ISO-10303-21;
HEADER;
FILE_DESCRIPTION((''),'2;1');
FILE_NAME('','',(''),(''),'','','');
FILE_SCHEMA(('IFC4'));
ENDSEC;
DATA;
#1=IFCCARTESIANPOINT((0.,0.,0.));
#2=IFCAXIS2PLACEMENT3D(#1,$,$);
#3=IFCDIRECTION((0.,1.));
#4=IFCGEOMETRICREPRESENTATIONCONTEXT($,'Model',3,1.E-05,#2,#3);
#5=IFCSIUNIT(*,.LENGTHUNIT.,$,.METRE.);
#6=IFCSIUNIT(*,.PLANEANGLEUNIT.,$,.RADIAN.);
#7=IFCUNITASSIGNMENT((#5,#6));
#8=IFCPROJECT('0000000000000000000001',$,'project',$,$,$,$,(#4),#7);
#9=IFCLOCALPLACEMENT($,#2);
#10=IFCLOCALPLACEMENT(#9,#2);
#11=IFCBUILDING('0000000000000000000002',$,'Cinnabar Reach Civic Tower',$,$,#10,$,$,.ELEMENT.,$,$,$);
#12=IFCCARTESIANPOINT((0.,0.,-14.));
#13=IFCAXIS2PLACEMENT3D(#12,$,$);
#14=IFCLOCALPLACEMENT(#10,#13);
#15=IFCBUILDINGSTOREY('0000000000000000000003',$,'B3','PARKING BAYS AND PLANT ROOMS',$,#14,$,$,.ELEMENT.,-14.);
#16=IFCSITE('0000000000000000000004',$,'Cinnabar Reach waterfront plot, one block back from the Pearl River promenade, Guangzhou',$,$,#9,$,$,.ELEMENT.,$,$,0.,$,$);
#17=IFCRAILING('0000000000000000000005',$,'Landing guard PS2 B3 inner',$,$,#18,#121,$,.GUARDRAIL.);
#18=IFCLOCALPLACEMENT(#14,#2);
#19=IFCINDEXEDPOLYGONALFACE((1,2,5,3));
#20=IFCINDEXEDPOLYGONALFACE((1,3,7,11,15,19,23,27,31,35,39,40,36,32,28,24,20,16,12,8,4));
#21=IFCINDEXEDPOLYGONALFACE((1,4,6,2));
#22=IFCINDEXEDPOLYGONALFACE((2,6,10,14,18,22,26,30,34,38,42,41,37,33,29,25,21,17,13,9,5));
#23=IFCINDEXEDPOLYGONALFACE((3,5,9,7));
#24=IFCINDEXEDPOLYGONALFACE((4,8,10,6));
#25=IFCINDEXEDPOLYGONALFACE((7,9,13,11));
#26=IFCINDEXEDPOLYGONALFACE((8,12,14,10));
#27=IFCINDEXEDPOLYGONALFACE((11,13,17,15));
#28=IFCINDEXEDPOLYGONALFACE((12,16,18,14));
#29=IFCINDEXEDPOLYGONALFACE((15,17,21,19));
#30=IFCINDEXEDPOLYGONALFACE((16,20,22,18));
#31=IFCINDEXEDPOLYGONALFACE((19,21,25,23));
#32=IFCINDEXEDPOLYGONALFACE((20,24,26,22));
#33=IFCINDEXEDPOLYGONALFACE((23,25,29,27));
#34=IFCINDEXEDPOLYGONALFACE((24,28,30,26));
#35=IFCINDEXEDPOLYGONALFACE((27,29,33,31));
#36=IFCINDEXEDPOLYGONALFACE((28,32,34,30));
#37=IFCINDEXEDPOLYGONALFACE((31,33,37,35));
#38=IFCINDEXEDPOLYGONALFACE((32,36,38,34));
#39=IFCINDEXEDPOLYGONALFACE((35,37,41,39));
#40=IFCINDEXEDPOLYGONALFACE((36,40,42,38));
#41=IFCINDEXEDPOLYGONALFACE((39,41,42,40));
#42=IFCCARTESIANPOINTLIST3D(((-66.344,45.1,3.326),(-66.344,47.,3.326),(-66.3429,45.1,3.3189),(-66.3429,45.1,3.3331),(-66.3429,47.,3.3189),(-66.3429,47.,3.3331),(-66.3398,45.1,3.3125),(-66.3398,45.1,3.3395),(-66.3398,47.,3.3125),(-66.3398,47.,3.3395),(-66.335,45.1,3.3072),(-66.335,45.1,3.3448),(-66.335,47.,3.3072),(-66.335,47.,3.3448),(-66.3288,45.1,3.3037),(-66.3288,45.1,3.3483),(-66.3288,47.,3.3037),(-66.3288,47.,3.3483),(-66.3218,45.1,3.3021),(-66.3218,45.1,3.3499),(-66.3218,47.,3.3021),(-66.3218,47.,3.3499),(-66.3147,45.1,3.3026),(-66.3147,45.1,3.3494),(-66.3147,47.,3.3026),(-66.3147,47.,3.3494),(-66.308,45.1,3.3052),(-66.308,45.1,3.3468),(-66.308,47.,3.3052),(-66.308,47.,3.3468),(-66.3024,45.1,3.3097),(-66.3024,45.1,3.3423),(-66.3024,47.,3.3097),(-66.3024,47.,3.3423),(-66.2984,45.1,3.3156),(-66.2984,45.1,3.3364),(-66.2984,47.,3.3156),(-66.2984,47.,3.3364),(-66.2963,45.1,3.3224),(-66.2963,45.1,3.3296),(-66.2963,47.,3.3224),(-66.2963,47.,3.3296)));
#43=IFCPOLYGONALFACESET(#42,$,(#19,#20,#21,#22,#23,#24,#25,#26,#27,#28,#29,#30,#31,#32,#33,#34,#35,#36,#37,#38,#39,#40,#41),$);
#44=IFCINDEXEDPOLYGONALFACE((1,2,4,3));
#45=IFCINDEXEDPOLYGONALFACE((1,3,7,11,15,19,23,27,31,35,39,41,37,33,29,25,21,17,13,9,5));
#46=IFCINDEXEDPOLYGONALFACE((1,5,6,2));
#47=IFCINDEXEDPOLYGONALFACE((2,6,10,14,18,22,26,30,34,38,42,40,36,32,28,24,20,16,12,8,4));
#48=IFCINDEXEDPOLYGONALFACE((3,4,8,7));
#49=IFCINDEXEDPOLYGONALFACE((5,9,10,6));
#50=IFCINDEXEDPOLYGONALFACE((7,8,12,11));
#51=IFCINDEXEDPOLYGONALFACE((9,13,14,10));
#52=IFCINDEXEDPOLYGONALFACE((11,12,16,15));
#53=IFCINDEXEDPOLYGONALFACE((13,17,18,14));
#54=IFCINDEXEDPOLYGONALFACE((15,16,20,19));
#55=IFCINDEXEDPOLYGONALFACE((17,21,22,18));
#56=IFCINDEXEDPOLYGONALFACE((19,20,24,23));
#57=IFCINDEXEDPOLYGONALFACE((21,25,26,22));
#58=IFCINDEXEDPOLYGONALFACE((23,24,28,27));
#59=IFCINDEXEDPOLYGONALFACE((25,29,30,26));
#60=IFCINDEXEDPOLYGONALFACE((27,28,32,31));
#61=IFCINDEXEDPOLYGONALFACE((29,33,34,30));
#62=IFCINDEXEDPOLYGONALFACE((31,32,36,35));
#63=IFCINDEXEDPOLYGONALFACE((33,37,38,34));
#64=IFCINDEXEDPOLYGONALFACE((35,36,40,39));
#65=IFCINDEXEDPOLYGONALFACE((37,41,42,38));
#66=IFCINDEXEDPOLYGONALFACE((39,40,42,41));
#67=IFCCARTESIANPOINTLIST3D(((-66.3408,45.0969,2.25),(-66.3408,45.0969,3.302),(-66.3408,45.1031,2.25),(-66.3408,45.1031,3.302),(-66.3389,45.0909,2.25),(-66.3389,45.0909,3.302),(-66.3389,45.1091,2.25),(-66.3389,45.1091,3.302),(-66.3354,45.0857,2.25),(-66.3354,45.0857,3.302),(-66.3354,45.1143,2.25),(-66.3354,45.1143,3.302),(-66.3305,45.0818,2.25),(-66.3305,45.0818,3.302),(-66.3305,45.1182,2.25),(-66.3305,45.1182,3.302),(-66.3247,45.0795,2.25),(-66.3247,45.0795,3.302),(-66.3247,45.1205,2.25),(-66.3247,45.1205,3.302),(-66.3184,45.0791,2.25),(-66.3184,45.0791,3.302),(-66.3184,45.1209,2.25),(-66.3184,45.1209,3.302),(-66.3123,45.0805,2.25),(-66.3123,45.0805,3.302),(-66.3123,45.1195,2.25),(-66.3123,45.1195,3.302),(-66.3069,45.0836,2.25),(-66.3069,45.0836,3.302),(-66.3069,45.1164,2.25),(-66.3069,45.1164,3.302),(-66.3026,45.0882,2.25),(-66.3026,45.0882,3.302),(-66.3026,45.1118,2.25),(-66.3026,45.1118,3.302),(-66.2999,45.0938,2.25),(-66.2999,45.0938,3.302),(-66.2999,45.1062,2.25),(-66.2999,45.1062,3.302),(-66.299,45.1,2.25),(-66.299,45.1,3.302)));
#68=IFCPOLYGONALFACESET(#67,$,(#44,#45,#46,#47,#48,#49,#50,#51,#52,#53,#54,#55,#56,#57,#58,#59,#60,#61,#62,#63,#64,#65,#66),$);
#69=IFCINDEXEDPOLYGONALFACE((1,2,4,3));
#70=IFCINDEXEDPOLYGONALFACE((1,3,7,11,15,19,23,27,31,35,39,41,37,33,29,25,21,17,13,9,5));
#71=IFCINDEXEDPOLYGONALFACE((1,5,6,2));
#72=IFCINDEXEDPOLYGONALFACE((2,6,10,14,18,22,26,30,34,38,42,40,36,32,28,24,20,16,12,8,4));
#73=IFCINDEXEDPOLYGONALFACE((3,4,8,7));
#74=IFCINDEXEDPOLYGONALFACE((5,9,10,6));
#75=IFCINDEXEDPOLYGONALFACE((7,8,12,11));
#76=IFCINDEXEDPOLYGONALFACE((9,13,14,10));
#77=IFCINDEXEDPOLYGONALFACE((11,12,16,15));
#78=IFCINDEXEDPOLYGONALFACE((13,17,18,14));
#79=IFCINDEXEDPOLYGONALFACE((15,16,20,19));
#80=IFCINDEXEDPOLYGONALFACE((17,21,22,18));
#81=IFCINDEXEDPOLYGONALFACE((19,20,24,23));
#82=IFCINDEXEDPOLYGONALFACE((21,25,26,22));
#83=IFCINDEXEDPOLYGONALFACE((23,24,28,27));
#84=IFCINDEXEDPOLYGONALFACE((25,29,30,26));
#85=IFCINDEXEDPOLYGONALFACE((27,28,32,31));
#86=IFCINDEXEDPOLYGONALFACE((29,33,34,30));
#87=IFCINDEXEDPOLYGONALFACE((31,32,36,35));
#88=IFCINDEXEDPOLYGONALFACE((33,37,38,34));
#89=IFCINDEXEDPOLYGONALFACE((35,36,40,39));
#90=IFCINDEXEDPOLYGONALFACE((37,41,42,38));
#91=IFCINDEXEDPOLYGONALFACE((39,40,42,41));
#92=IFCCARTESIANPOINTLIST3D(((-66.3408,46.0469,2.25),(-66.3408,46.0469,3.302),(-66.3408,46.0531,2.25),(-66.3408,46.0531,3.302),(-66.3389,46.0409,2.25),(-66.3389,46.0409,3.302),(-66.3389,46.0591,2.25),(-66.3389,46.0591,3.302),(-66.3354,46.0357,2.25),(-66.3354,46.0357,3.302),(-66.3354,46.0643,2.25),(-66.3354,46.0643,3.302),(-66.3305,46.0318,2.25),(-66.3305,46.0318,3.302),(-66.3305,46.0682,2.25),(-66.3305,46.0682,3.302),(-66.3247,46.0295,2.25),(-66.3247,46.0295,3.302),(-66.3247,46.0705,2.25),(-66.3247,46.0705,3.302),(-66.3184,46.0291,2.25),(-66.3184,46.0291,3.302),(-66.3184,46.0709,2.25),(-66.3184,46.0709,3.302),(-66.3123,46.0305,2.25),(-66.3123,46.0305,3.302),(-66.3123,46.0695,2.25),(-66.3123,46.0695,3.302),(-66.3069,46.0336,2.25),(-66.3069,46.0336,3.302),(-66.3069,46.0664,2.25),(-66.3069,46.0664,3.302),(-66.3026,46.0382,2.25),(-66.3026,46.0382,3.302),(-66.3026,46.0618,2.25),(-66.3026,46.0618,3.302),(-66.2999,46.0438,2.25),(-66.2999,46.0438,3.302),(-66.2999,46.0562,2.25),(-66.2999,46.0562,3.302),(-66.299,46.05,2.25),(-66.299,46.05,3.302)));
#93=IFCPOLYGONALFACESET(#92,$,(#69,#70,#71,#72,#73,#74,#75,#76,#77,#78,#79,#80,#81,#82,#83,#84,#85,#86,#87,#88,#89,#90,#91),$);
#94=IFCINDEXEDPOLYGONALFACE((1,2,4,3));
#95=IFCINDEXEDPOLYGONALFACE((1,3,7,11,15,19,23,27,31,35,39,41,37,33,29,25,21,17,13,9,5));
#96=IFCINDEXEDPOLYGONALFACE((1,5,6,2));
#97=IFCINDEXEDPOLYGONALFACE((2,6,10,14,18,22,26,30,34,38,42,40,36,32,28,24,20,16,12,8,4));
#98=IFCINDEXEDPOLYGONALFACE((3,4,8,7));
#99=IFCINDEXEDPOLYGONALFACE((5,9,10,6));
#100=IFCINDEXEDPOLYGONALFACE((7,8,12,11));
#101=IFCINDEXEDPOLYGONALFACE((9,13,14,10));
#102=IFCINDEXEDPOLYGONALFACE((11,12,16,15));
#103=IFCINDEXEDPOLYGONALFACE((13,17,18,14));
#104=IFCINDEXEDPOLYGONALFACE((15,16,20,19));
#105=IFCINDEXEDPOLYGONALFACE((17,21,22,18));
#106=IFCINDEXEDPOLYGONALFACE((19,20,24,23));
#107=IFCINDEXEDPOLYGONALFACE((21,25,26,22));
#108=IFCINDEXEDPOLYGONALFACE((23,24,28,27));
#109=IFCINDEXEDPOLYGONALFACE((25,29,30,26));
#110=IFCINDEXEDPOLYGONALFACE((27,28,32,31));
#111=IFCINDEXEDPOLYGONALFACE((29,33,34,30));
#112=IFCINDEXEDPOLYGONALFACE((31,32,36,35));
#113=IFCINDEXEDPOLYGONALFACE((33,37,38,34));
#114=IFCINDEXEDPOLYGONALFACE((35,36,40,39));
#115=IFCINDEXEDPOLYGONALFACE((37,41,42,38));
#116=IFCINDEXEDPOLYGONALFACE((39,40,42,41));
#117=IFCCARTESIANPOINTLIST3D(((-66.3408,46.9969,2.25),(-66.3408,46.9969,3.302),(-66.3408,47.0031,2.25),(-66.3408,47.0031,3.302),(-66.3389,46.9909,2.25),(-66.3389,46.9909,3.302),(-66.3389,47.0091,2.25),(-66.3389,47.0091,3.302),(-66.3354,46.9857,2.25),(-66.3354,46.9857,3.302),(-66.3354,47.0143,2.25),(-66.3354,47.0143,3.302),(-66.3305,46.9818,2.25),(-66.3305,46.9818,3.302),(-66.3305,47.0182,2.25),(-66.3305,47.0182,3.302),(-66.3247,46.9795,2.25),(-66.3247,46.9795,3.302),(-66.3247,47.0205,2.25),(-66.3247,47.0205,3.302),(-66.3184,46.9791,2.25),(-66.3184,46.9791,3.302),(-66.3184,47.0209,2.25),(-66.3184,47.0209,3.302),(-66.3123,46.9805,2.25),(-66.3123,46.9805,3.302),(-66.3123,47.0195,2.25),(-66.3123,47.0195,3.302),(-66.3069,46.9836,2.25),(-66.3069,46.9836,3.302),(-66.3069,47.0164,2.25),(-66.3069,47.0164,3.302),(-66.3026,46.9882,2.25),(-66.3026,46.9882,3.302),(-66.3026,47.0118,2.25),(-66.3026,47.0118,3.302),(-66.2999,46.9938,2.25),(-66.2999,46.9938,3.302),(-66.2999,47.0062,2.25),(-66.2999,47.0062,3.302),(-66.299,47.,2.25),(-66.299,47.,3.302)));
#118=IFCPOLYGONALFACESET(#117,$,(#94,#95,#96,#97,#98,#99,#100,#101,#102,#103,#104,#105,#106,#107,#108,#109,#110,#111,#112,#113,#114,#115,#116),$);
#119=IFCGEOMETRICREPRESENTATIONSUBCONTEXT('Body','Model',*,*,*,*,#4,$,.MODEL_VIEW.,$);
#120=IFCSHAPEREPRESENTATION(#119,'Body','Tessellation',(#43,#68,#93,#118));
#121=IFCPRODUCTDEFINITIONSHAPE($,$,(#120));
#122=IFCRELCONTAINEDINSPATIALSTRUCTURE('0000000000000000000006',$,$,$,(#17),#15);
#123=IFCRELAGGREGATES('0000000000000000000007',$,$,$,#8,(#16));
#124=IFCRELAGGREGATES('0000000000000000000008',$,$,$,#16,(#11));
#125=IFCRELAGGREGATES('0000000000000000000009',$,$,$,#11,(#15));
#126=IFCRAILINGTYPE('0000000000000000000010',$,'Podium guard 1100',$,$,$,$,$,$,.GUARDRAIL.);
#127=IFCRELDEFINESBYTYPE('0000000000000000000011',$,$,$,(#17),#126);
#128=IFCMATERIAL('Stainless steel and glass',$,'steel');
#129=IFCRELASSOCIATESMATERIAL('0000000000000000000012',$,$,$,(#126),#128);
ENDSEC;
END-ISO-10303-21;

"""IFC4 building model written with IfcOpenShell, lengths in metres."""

from ifc_helpers import new_model, si_unit, direction, frame, origin, origin_2d, place, context, subcontext, project, spatial, circle, extrude, material, type_object, element, save


model = new_model("IFC4")

# Units and contexts
model_context = context("Model", 3, precision=1e-05, world=origin(), true_north=direction((0.0, 1.0)))
body_context = subcontext(model_context, "Body", "Model", "MODEL_VIEW")
ifc_project = project(units=[si_unit("LENGTHUNIT", "METRE"), si_unit("PLANEANGLEUNIT", "RADIAN")], contexts=[model_context])

# Site, building, storey
site_placement = place(None, origin())
site = spatial("IfcSite", under=ifc_project, at=site_placement, Name="Cinnabar Reach waterfront plot, one block back from the Pearl River promenade, Guangzhou", CompositionType="ELEMENT", RefElevation=0.0)
building_placement = place(site_placement, origin())
building = spatial("IfcBuilding", under=site, at=building_placement, Name="Cinnabar Reach Civic Tower", CompositionType="ELEMENT")
storey_placement = place(building_placement, frame((0.0, 0.0, -14.0)))
storey = spatial("IfcBuildingStorey", under=building, at=storey_placement, Name="B3", Description="PARKING BAYS AND PLANT ROOMS", CompositionType="ELEMENT", Elevation=-14.0)

# Railing
ifc_material_1 = material(Name="Stainless steel and glass", Category="steel")
railing_type_1 = type_object("IfcRailingType", Name="Podium guard 1100", PredefinedType="GUARDRAIL", material=ifc_material_1)
railing_1_placement = place(storey_placement, frame((-66.32, 45.1, 2.25)))
element("IfcRailing", 1, at=railing_1_placement, inside=storey, type_object=railing_type_1, Name="Landing guard PS2 B3 inner", PredefinedType="GUARDRAIL", context=body_context, shape_type="SweptSolid", body=[
    extrude(circle(Radius=0.024, at=origin_2d()), frame((0.0, 0.0, 1.076), z_axis=(0.0, 1.0, 0.0), x_axis=(-1.0, 0.0, 0.0)), (0.0, 0.0, 1.0), 1.9),
    extrude(circle(Radius=0.021, at=origin_2d()), origin(), (0.0, 0.0, 1.0), 1.052),
    extrude(circle(Radius=0.021, at=origin_2d()), frame((0.0, 0.95, 0.0)), (0.0, 0.0, 1.0), 1.052),
    extrude(circle(Radius=0.021, at=origin_2d()), frame((0.0, 1.9, 0.0)), (0.0, 0.0, 1.0), 1.052),
])

save(model, "model.ifc")
